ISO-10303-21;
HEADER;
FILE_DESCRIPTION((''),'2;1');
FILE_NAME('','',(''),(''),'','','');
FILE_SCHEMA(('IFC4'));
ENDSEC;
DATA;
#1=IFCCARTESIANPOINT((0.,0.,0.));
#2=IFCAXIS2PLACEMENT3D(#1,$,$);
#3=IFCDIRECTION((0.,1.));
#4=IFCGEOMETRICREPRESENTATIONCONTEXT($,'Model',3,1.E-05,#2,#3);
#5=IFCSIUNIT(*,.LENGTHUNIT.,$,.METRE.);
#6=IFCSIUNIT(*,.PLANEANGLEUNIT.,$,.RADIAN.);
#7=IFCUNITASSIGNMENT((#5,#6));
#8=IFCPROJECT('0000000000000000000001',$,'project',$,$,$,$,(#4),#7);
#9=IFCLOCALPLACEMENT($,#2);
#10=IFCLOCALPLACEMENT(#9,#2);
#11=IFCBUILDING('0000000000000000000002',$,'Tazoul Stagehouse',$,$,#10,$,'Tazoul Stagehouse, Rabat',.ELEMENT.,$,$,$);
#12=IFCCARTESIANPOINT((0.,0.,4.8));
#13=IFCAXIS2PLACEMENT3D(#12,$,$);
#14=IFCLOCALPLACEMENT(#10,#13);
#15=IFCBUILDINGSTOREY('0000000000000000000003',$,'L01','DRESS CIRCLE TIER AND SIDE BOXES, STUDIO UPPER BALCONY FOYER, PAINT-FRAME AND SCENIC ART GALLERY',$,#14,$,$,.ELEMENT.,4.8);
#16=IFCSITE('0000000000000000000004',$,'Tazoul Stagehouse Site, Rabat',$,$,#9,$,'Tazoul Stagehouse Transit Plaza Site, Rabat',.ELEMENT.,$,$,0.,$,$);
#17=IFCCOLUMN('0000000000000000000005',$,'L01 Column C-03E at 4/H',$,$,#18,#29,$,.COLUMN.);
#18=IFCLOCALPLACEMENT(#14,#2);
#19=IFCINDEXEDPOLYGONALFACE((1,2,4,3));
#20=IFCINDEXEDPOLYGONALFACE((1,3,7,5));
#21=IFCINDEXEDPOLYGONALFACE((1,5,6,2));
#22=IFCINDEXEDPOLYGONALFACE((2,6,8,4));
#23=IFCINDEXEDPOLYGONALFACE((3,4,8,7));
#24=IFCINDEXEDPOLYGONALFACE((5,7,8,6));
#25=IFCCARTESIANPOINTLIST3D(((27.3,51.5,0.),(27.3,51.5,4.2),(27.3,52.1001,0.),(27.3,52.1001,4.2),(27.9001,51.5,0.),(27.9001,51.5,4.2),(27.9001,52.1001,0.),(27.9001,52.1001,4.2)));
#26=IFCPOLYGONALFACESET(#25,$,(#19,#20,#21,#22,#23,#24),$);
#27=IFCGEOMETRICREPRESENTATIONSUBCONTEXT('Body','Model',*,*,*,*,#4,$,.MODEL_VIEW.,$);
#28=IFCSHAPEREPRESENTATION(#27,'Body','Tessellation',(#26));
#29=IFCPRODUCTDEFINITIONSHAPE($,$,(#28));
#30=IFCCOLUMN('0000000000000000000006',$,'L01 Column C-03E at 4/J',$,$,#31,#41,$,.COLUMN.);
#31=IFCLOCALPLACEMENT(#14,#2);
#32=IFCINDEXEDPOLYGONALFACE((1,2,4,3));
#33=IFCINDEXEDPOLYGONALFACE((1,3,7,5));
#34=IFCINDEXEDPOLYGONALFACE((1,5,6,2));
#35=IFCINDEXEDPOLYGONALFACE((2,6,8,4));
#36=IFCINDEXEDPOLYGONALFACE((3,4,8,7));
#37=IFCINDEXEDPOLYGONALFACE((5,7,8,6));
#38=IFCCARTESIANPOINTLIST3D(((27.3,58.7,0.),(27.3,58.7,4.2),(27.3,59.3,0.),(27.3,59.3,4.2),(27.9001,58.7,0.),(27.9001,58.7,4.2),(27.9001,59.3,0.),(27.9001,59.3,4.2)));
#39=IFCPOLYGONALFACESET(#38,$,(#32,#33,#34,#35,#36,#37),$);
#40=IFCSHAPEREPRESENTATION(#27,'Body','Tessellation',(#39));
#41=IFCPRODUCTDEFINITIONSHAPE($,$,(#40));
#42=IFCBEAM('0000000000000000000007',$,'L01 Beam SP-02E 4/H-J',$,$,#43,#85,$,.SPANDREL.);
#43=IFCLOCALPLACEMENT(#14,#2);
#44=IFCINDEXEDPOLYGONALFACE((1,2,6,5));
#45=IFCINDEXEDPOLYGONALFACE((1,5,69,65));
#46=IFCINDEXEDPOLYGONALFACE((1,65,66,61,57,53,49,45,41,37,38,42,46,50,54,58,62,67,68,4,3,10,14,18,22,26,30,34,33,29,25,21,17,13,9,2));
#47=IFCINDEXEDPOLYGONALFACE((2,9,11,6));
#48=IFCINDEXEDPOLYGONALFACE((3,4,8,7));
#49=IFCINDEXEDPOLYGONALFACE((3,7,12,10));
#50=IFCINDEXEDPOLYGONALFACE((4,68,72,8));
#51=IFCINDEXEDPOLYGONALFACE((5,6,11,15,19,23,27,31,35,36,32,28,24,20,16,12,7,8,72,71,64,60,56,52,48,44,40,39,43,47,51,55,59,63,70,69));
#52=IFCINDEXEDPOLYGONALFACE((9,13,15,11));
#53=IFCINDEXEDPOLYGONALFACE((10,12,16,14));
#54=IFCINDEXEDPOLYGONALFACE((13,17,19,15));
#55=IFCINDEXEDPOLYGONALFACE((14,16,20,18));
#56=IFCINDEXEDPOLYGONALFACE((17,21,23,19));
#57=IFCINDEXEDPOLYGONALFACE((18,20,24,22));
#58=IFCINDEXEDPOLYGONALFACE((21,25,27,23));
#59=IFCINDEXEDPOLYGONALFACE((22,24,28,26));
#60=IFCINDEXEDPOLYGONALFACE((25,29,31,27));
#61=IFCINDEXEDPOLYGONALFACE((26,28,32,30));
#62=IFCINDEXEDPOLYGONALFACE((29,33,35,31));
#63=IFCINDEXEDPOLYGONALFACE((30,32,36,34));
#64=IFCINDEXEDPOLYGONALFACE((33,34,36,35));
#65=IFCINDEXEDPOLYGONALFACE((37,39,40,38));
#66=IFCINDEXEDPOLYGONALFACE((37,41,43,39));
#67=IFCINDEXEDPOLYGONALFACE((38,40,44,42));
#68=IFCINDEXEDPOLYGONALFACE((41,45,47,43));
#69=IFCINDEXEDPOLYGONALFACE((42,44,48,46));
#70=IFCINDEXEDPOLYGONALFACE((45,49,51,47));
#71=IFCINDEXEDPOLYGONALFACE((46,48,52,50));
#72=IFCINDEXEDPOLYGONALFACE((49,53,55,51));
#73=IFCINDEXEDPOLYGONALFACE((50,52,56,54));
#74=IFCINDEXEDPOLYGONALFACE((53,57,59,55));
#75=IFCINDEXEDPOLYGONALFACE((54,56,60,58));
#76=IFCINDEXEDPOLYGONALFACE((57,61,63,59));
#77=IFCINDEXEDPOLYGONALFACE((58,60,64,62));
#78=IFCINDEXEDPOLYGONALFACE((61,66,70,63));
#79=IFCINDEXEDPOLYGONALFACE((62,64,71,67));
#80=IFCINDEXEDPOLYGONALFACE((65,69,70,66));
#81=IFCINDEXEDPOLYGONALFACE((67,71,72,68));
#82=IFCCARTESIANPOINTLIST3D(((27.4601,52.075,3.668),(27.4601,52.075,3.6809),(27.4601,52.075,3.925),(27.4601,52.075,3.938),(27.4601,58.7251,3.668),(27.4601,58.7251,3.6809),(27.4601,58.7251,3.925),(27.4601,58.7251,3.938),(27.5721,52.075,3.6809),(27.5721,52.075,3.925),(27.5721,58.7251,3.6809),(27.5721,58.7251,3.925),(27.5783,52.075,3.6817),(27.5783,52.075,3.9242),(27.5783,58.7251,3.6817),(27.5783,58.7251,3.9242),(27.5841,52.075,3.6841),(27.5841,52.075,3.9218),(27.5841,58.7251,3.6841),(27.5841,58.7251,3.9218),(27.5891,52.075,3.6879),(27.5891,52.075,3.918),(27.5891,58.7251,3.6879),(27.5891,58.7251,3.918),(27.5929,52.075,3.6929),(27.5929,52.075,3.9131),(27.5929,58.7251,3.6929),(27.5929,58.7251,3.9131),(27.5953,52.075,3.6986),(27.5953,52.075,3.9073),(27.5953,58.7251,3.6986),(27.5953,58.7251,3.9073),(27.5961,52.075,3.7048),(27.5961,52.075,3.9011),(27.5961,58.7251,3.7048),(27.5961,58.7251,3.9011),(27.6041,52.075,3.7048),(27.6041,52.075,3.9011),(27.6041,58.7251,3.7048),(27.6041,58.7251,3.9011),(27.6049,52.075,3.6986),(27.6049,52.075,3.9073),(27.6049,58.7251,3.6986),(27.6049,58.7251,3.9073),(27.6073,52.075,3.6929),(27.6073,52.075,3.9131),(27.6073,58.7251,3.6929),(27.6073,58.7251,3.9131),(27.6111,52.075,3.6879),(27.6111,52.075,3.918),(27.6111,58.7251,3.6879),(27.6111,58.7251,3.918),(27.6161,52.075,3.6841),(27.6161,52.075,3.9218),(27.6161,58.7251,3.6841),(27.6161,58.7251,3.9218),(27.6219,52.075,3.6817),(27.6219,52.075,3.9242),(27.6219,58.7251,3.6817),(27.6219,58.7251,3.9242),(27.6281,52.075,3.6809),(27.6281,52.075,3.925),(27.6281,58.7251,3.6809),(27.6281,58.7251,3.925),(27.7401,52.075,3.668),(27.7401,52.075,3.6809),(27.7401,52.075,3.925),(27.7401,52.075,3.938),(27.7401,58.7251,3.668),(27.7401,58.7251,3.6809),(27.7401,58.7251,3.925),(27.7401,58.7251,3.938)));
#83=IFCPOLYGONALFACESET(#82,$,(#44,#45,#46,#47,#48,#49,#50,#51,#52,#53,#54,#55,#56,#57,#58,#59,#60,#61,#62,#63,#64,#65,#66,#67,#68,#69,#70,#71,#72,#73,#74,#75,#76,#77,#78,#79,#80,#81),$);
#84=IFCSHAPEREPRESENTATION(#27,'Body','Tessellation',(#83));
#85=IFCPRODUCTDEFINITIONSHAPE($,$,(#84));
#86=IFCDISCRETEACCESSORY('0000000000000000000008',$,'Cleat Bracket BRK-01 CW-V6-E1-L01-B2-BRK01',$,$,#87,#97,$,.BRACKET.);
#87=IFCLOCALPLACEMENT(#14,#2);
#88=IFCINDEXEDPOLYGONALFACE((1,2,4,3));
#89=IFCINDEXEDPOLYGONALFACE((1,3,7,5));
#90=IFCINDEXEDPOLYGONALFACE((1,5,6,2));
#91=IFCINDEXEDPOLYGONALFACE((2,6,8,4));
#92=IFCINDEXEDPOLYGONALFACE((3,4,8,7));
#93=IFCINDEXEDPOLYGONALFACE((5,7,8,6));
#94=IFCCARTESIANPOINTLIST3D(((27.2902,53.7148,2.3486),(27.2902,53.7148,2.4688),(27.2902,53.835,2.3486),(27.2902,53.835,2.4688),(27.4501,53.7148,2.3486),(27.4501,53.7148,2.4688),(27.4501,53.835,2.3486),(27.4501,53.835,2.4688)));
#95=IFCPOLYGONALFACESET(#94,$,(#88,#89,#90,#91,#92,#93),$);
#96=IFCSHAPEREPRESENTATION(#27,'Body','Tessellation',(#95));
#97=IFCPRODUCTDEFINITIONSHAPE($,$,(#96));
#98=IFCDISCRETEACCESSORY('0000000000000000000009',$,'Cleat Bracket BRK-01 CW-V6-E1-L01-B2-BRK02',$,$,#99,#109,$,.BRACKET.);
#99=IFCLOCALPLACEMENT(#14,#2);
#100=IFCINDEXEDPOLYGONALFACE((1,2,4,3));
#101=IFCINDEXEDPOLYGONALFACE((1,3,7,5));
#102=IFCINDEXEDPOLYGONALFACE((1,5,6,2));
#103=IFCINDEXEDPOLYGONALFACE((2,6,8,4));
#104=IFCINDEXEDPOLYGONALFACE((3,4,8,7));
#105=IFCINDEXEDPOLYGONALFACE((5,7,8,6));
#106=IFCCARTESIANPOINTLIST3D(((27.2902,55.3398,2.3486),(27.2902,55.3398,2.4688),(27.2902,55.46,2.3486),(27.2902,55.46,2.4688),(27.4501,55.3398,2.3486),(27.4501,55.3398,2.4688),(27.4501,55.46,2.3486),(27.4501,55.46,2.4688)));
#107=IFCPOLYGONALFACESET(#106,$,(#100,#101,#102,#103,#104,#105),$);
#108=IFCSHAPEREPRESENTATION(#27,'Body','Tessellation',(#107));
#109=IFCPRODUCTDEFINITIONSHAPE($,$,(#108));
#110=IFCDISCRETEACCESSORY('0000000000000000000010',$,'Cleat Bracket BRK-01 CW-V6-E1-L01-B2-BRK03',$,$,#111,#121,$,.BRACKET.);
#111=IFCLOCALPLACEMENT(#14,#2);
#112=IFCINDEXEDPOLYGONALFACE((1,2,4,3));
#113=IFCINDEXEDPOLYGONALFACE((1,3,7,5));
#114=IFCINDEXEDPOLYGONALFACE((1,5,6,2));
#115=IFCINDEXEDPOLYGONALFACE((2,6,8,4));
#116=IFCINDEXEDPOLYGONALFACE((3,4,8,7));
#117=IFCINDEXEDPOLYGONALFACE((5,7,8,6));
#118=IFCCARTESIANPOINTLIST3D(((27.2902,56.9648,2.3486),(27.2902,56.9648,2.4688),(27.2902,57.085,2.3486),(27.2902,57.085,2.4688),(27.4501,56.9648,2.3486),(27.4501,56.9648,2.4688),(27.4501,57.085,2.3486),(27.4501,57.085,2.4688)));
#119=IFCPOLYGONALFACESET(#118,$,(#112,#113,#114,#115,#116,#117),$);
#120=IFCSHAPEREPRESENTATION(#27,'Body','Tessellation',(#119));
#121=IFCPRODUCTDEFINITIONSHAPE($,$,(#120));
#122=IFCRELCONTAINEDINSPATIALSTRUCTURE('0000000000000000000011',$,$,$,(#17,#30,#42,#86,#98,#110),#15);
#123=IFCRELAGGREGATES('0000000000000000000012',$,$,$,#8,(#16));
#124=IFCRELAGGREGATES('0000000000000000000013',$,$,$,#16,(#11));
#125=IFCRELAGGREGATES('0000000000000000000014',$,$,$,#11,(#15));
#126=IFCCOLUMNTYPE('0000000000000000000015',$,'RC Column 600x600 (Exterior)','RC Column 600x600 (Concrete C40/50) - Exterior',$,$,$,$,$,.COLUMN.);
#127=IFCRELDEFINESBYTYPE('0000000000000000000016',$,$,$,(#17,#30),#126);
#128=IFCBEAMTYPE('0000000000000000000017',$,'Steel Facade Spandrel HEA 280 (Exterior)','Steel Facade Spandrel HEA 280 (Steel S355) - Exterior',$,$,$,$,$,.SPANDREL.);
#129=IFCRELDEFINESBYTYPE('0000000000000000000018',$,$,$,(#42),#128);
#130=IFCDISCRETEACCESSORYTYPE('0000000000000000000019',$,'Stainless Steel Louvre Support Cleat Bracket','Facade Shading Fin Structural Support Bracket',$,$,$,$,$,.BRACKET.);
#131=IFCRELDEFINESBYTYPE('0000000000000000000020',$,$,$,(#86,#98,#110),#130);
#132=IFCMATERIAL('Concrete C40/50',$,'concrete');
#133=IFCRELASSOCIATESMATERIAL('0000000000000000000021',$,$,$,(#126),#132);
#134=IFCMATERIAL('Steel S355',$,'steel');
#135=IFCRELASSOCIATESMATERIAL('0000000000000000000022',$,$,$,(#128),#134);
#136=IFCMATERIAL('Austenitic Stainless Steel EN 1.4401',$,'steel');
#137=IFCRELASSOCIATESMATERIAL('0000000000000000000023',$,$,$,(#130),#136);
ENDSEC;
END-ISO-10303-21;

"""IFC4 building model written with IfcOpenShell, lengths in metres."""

from ifc_helpers import new_model, si_unit, direction, frame, origin, origin_2d, place, context, subcontext, project, spatial, rectangle, i_section, extrude, material, material_profile, profile_set, type_object, element, save


model = new_model("IFC4")

# Units and contexts
model_context = context("Model", 3, precision=1e-05, world=origin(), true_north=direction((0.0, 1.0)))
body_context = subcontext(model_context, "Body", "Model", "MODEL_VIEW")
ifc_project = project(units=[si_unit("LENGTHUNIT", "METRE"), si_unit("PLANEANGLEUNIT", "RADIAN")], contexts=[model_context])

# Site, building, storey
site_placement = place(None, origin())
site = spatial("IfcSite", under=ifc_project, at=site_placement, Name="Tazoul Stagehouse Site, Rabat", LongName="Tazoul Stagehouse Transit Plaza Site, Rabat", CompositionType="ELEMENT", RefElevation=0.0)
building_placement = place(site_placement, origin())
building = spatial("IfcBuilding", under=site, at=building_placement, Name="Tazoul Stagehouse", LongName="Tazoul Stagehouse, Rabat", CompositionType="ELEMENT")
storey_placement = place(building_placement, frame((0.0, 0.0, 4.8)))
storey = spatial("IfcBuildingStorey", under=building, at=storey_placement, Name="L01", Description="DRESS CIRCLE TIER AND SIDE BOXES, STUDIO UPPER BALCONY FOYER, PAINT-FRAME AND SCENIC ART GALLERY", CompositionType="ELEMENT", Elevation=4.8)

# Columns
ifc_material_1 = material(Name="Concrete C40/50", Category="concrete")
ifc_material_profile_1 = material_profile(ifc_material_1, rectangle(XDim=0.6001, YDim=0.6001, at=origin_2d()), Name="RC 600x600")
ifc_profile_set_1 = profile_set([ifc_material_profile_1], Name="Concrete C40/50")
column_type = type_object("IfcColumnType", Name="RC Column 600x600 (Exterior)", Description="RC Column 600x600 (Concrete C40/50) - Exterior", PredefinedType="COLUMN", material=ifc_profile_set_1)
for number, where, z_axis, x_axis, name in (
    (1, (27.6001, 51.8, 0.0), (0.0, 0.0, 1.0), (1.0, 0.0, 0.0), "L01 Column C-03E at 4/H"),
    (2, (27.6001, 59.0, 0.0), (0.0, 0.0, 1.0), (1.0, 0.0, 0.0), "L01 Column C-03E at 4/J"),
):
    element("IfcColumn", number, at=place(storey_placement, frame(where, z_axis=z_axis, x_axis=x_axis)), inside=storey, type_object=column_type, Name=name, PredefinedType="COLUMN", context=body_context, shape_type="SweptSolid", body=[
        extrude(rectangle(XDim=0.6001, YDim=0.6001, at=origin_2d()), origin(), (0.0, 0.0, 1.0), 4.2),
    ])

# Beam
ifc_material_2 = material(Name="Steel S355", Category="steel")
ifc_material_profile_2 = material_profile(ifc_material_2, i_section(OverallWidth=0.28, OverallDepth=0.27, WebThickness=0.0081, FlangeThickness=0.0129, FilletRadius=0.0239, at=origin_2d()), Name="HEA 280")
ifc_profile_set_2 = profile_set([ifc_material_profile_2], Name="Steel S355")
beam_type = type_object("IfcBeamType", Name="Steel Facade Spandrel HEA 280 (Exterior)", Description="Steel Facade Spandrel HEA 280 (Steel S355) - Exterior", PredefinedType="SPANDREL", material=ifc_profile_set_2)
beam_placement = place(storey_placement, frame((27.6001, 52.075, 3.803), z_axis=(0.0, 1.0, 0.0), x_axis=(-1.0, 0.0, 0.0)))
element("IfcBeam", 3, at=beam_placement, inside=storey, type_object=beam_type, Name="L01 Beam SP-02E 4/H-J", PredefinedType="SPANDREL", context=body_context, shape_type="SweptSolid", body=[
    extrude(i_section(OverallWidth=0.28, OverallDepth=0.27, WebThickness=0.0081, FlangeThickness=0.0129, FilletRadius=0.0239, at=origin_2d()), origin(), (0.0, 0.0, 1.0), 6.6501),
])

# Discrete accessories
ifc_material_3 = material(Name="Austenitic Stainless Steel EN 1.4401", Category="steel")
discrete_accessory_type = type_object("IfcDiscreteAccessoryType", Name="Stainless Steel Louvre Support Cleat Bracket", Description="Facade Shading Fin Structural Support Bracket", PredefinedType="BRACKET", material=ifc_material_3)
for number, where, z_axis, x_axis, name in (
    (4, (27.3701, 53.7749, 2.3486), (0.0, 0.0, 1.0), (0.0, 1.0, 0.0), "Cleat Bracket BRK-01 CW-V6-E1-L01-B2-BRK01"),
    (5, (27.3701, 55.3999, 2.3486), (0.0, 0.0, 1.0), (0.0, 1.0, 0.0), "Cleat Bracket BRK-01 CW-V6-E1-L01-B2-BRK02"),
    (6, (27.3701, 57.0249, 2.3486), (0.0, 0.0, 1.0), (0.0, 1.0, 0.0), "Cleat Bracket BRK-01 CW-V6-E1-L01-B2-BRK03"),
):
    element("IfcDiscreteAccessory", number, at=place(storey_placement, frame(where, z_axis=z_axis, x_axis=x_axis)), inside=storey, type_object=discrete_accessory_type, Name=name, PredefinedType="BRACKET", context=body_context, shape_type="SweptSolid", body=[
        extrude(rectangle(XDim=0.1201, YDim=0.1599, at=origin_2d()), origin(), (0.0, 0.0, 1.0), 0.1201),
    ])

save(model, "model.ifc")
